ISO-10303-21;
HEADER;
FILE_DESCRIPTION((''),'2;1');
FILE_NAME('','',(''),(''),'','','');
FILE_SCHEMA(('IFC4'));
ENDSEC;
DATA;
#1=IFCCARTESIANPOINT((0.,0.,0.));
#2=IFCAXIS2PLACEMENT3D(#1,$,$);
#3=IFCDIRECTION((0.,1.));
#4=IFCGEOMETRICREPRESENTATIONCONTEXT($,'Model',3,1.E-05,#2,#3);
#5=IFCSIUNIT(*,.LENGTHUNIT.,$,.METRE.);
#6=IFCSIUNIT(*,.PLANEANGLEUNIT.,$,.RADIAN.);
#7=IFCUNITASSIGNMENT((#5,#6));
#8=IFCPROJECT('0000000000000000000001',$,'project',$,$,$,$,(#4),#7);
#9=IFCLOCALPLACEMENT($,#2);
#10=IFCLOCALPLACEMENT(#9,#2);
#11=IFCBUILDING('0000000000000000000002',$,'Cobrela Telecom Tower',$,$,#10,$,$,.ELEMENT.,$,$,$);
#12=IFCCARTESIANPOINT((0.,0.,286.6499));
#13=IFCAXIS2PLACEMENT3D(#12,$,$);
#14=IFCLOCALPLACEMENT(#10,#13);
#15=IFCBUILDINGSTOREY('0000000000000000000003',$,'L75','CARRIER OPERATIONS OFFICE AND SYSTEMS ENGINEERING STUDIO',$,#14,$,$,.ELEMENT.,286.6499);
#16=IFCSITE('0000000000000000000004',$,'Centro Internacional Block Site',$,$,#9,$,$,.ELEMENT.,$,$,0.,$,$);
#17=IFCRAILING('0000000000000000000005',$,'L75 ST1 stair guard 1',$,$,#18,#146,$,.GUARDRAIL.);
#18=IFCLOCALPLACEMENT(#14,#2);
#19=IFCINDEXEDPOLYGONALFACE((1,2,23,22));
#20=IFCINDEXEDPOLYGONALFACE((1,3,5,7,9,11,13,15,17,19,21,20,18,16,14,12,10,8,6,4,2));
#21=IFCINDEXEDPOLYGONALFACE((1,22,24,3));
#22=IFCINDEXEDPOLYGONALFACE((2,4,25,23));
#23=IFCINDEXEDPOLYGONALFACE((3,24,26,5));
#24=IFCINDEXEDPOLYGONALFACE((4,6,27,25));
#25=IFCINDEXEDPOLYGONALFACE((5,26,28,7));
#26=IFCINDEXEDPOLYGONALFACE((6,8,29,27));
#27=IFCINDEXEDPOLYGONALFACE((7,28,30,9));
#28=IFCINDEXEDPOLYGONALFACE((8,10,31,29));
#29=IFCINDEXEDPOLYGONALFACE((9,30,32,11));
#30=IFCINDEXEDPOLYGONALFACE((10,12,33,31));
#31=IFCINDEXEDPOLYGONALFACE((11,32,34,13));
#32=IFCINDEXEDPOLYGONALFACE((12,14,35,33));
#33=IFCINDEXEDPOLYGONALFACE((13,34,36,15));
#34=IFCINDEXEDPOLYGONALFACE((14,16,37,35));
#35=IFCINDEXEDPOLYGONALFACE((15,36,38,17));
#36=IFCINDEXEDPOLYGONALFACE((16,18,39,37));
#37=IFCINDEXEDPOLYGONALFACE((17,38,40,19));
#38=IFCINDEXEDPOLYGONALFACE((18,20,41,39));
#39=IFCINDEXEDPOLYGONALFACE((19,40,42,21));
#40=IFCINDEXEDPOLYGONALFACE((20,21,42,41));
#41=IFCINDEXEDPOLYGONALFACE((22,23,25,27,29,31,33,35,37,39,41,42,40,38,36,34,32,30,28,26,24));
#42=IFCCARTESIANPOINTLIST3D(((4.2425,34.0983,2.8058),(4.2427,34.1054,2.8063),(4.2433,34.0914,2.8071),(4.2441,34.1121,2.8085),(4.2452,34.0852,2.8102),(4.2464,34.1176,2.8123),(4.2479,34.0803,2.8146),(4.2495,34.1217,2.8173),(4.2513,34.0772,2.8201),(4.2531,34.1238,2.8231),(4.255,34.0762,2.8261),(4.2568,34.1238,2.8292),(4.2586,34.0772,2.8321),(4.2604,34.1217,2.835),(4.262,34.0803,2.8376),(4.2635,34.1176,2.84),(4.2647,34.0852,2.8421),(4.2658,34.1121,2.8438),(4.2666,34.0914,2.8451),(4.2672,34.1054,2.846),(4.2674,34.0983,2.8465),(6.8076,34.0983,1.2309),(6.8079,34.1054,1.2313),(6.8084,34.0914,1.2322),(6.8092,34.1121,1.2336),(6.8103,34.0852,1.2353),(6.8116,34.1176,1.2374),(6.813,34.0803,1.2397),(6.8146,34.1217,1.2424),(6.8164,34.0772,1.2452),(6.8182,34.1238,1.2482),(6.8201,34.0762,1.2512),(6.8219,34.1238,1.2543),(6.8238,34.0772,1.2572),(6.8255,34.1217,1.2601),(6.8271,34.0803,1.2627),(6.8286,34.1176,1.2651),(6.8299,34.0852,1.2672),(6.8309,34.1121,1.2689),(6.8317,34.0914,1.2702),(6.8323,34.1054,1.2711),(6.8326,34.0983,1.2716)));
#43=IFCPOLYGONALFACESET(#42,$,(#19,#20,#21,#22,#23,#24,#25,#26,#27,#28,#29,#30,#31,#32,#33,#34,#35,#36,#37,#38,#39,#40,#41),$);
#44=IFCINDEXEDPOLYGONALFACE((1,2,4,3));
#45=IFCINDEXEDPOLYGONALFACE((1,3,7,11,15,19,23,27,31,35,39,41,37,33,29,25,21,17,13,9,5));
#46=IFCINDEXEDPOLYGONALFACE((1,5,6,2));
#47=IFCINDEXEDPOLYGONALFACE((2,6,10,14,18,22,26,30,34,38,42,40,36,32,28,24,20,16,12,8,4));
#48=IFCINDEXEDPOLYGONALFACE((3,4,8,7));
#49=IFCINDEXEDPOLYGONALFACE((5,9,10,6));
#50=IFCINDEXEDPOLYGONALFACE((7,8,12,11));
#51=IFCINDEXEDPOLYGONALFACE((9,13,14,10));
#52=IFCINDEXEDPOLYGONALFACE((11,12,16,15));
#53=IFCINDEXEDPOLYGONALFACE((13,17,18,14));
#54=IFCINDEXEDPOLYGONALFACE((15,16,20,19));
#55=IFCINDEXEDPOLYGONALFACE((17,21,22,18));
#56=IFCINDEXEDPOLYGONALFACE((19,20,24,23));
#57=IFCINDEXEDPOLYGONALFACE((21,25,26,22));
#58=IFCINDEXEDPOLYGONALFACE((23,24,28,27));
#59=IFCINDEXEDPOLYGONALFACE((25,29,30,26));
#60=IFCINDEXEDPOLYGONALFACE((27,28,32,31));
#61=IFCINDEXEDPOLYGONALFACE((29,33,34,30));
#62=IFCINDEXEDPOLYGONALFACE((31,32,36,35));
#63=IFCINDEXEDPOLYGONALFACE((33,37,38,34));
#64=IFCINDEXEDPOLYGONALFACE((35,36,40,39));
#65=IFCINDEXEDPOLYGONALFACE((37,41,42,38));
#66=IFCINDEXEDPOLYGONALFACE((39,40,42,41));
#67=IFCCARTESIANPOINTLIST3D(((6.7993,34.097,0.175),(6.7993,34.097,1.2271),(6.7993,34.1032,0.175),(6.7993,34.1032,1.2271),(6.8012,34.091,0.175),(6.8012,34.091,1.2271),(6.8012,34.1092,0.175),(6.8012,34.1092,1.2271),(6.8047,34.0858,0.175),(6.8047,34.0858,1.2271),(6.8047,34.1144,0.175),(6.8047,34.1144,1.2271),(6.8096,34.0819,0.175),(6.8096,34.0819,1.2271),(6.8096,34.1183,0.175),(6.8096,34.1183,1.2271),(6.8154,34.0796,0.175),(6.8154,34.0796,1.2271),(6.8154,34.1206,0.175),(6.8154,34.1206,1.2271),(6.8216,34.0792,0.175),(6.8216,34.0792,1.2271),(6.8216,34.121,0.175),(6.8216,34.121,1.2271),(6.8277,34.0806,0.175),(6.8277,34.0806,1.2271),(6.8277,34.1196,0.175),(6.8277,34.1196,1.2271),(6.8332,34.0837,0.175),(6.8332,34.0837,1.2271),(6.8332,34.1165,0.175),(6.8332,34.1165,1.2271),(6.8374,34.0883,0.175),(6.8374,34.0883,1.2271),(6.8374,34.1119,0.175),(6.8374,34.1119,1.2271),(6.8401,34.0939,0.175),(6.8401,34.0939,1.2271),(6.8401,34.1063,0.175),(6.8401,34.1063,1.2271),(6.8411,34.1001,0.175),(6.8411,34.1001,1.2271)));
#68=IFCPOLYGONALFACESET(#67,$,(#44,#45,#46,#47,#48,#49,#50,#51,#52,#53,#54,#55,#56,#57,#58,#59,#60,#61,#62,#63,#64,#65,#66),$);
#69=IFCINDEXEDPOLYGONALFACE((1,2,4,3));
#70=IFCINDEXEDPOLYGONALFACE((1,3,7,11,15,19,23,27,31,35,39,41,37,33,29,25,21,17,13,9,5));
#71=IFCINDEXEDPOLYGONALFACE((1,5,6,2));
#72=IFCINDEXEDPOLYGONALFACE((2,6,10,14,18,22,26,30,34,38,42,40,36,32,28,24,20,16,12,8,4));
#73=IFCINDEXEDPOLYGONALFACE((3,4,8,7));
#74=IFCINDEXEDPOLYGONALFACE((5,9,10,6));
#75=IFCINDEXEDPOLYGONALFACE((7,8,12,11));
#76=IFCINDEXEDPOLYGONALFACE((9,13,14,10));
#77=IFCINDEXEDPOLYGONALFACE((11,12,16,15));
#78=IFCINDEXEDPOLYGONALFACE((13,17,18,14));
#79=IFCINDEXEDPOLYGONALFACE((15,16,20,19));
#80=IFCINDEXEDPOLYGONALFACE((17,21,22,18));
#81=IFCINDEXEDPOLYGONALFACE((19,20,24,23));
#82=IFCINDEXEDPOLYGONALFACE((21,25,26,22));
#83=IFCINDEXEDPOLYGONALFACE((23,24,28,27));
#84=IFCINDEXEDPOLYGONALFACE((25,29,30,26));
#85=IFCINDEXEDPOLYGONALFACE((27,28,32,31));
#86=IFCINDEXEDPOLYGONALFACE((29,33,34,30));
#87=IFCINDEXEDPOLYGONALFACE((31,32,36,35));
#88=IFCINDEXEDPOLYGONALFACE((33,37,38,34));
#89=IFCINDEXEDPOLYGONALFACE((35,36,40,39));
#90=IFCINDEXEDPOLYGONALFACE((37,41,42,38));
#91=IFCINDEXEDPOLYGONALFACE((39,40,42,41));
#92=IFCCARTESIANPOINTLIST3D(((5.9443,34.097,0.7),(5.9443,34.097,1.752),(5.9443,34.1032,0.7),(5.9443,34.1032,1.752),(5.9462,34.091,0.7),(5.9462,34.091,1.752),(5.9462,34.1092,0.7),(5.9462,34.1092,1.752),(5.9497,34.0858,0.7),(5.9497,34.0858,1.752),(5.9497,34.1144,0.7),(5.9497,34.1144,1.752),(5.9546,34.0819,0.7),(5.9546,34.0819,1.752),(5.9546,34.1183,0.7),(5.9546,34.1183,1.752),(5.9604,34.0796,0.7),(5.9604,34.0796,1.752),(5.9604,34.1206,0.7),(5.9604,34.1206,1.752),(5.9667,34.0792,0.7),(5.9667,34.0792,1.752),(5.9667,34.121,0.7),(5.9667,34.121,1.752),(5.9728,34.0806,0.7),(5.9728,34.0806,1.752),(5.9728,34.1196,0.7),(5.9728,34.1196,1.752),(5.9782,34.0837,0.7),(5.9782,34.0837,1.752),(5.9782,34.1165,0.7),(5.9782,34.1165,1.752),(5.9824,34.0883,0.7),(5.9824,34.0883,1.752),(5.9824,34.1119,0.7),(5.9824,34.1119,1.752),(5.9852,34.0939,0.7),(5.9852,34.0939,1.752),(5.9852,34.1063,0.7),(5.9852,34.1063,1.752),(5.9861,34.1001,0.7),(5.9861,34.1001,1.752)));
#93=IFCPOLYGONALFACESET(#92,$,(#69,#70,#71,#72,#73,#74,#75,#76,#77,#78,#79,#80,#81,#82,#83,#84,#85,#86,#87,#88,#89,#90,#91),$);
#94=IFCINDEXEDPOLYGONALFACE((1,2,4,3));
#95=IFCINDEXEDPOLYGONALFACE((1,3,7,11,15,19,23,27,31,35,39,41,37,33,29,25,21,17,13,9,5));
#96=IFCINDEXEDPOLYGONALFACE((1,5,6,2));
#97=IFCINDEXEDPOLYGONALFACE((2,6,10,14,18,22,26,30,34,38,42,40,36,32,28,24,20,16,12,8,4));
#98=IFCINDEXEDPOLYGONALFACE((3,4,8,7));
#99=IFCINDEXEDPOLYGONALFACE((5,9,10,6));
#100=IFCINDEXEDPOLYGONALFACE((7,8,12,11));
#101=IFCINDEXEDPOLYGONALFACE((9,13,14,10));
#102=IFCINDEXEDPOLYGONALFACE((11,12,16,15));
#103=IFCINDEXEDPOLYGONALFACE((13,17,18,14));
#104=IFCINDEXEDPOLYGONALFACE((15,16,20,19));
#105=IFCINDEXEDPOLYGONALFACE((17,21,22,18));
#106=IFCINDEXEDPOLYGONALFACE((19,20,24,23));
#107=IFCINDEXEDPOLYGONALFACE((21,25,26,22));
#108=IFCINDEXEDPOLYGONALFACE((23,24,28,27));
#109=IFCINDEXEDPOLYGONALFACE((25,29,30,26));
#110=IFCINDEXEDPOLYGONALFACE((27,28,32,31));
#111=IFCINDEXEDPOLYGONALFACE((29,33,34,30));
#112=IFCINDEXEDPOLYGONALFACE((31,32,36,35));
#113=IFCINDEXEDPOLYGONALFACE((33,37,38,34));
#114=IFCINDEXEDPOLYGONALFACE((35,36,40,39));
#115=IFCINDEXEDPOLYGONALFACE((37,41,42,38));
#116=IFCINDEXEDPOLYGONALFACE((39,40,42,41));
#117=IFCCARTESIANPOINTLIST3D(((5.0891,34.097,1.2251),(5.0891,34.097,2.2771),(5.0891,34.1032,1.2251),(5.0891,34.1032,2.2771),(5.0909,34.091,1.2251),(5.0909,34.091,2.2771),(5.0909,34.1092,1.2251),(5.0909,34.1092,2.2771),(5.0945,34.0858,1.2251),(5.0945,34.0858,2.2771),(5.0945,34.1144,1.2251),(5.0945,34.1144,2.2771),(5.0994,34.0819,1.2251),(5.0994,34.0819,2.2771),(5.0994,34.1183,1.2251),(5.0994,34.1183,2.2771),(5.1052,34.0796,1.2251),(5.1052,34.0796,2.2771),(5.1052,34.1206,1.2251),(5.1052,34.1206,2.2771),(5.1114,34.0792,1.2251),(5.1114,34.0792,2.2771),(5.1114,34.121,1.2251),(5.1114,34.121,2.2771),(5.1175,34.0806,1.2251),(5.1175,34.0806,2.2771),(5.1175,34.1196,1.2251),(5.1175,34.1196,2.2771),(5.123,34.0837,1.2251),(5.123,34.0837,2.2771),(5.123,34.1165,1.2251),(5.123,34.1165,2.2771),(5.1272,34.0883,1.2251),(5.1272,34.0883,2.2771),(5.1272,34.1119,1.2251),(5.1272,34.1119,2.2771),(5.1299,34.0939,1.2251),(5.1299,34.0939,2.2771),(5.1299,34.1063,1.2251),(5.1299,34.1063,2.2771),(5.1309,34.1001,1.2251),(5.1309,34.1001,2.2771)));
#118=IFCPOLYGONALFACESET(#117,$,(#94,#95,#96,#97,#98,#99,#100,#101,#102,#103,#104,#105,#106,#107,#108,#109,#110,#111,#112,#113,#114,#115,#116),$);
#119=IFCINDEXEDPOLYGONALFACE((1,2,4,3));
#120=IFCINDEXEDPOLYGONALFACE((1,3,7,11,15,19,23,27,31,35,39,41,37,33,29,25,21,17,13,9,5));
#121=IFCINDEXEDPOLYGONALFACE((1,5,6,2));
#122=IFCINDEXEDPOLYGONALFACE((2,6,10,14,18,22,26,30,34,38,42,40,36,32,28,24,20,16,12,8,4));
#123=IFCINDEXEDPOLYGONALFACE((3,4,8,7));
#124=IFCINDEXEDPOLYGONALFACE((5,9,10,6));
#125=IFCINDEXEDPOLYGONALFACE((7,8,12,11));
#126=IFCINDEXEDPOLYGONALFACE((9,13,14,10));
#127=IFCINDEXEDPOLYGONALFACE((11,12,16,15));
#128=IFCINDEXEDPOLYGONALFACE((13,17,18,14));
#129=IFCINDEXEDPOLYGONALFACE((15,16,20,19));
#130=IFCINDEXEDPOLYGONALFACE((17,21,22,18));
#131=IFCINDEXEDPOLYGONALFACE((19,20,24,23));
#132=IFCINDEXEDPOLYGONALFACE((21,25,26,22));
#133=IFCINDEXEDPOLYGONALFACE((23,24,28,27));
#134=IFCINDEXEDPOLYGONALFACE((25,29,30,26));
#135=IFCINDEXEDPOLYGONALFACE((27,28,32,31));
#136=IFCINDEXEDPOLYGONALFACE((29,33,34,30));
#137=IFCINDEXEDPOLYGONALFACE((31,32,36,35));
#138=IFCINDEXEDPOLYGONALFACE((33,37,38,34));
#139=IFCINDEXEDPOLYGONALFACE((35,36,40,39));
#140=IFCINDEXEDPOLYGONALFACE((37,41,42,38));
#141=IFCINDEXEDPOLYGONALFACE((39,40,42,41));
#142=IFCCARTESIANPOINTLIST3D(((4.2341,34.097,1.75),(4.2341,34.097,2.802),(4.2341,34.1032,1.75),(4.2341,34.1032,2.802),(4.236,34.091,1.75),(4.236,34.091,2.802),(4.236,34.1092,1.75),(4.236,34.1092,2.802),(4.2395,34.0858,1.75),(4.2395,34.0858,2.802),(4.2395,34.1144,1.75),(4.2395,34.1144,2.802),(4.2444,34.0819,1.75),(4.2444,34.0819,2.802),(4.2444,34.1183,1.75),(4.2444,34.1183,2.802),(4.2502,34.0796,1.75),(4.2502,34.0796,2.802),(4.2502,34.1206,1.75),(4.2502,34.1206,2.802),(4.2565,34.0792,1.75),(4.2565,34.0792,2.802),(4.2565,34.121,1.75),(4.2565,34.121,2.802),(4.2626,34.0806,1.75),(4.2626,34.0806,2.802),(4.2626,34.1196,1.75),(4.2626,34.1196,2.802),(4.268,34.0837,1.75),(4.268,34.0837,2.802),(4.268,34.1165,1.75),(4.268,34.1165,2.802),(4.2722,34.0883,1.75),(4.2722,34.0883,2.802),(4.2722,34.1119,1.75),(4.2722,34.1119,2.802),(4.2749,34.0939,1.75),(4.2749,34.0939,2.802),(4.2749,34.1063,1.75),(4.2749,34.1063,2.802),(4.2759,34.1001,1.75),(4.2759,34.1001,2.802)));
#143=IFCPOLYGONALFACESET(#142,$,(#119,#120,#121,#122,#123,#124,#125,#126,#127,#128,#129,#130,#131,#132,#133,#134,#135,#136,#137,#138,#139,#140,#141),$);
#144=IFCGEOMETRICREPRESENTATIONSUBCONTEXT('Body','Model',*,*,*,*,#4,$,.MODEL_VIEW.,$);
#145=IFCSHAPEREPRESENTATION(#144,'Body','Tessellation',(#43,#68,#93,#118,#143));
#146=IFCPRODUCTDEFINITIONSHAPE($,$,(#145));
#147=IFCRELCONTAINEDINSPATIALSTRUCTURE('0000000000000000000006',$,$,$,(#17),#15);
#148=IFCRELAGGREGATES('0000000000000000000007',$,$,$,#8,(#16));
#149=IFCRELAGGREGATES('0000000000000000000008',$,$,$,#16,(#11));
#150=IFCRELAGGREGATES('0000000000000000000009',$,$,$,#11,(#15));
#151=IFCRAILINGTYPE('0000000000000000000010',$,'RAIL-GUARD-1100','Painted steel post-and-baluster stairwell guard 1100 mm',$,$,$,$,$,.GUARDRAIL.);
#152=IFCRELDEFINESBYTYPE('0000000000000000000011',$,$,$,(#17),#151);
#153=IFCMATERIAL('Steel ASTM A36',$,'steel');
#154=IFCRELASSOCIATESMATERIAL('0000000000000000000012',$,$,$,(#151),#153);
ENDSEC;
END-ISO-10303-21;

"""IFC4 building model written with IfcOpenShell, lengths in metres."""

from ifc_helpers import new_model, si_unit, direction, frame, origin, origin_2d, place, context, subcontext, project, spatial, circle, extrude, material, type_object, element, save


model = new_model("IFC4")

# Units and contexts
model_context = context("Model", 3, precision=1e-05, world=origin(), true_north=direction((0.0, 1.0)))
body_context = subcontext(model_context, "Body", "Model", "MODEL_VIEW")
ifc_project = project(units=[si_unit("LENGTHUNIT", "METRE"), si_unit("PLANEANGLEUNIT", "RADIAN")], contexts=[model_context])

# Site, building, storey
site_placement = place(None, origin())
site = spatial("IfcSite", under=ifc_project, at=site_placement, Name="Centro Internacional Block Site", CompositionType="ELEMENT", RefElevation=0.0)
building_placement = place(site_placement, origin())
building = spatial("IfcBuilding", under=site, at=building_placement, Name="Cobrela Telecom Tower", CompositionType="ELEMENT")
storey_placement = place(building_placement, frame((0.0, 0.0, 286.6499)))
storey = spatial("IfcBuildingStorey", under=building, at=storey_placement, Name="L75", Description="CARRIER OPERATIONS OFFICE AND SYSTEMS ENGINEERING STUDIO", CompositionType="ELEMENT", Elevation=286.6499)

# Shared definitions
ifc_material_1 = material(Name="Steel ASTM A36", Category="steel")

# Railing
railing_type_1 = type_object("IfcRailingType", Name="RAIL-GUARD-1100", Description="Painted steel post-and-baluster stairwell guard 1100 mm", PredefinedType="GUARDRAIL", material=ifc_material_1)
railing_1_placement = place(storey_placement, frame((6.8201, 34.1001, 0.175)))
element("IfcRailing", 1, at=railing_1_placement, inside=storey, type_object=railing_type_1, Name="L75 ST1 stair guard 1", PredefinedType="GUARDRAIL", context=body_context, shape_type="SweptSolid", body=[
    extrude(circle(Radius=0.0239, at=origin_2d()), frame((0.0, 0.0, 1.0762), z_axis=(-0.852195, 0.0, 0.523224), x_axis=(0.0, -1.0, 0.0)), (0.0, 0.0, 1.0), 3.01),
    extrude(circle(Radius=0.021, at=origin_2d()), origin(), (0.0, 0.0, 1.0), 1.052),
    extrude(circle(Radius=0.021, at=origin_2d()), frame((-0.855, 0.0, 0.5249)), (0.0, 0.0, 1.0), 1.052),
    extrude(circle(Radius=0.021, at=origin_2d()), frame((-1.7102, 0.0, 1.05)), (0.0, 0.0, 1.0), 1.052),
    extrude(circle(Radius=0.021, at=origin_2d()), frame((-2.5652, 0.0, 1.575)), (0.0, 0.0, 1.0), 1.052),
])

save(model, "model.ifc")
